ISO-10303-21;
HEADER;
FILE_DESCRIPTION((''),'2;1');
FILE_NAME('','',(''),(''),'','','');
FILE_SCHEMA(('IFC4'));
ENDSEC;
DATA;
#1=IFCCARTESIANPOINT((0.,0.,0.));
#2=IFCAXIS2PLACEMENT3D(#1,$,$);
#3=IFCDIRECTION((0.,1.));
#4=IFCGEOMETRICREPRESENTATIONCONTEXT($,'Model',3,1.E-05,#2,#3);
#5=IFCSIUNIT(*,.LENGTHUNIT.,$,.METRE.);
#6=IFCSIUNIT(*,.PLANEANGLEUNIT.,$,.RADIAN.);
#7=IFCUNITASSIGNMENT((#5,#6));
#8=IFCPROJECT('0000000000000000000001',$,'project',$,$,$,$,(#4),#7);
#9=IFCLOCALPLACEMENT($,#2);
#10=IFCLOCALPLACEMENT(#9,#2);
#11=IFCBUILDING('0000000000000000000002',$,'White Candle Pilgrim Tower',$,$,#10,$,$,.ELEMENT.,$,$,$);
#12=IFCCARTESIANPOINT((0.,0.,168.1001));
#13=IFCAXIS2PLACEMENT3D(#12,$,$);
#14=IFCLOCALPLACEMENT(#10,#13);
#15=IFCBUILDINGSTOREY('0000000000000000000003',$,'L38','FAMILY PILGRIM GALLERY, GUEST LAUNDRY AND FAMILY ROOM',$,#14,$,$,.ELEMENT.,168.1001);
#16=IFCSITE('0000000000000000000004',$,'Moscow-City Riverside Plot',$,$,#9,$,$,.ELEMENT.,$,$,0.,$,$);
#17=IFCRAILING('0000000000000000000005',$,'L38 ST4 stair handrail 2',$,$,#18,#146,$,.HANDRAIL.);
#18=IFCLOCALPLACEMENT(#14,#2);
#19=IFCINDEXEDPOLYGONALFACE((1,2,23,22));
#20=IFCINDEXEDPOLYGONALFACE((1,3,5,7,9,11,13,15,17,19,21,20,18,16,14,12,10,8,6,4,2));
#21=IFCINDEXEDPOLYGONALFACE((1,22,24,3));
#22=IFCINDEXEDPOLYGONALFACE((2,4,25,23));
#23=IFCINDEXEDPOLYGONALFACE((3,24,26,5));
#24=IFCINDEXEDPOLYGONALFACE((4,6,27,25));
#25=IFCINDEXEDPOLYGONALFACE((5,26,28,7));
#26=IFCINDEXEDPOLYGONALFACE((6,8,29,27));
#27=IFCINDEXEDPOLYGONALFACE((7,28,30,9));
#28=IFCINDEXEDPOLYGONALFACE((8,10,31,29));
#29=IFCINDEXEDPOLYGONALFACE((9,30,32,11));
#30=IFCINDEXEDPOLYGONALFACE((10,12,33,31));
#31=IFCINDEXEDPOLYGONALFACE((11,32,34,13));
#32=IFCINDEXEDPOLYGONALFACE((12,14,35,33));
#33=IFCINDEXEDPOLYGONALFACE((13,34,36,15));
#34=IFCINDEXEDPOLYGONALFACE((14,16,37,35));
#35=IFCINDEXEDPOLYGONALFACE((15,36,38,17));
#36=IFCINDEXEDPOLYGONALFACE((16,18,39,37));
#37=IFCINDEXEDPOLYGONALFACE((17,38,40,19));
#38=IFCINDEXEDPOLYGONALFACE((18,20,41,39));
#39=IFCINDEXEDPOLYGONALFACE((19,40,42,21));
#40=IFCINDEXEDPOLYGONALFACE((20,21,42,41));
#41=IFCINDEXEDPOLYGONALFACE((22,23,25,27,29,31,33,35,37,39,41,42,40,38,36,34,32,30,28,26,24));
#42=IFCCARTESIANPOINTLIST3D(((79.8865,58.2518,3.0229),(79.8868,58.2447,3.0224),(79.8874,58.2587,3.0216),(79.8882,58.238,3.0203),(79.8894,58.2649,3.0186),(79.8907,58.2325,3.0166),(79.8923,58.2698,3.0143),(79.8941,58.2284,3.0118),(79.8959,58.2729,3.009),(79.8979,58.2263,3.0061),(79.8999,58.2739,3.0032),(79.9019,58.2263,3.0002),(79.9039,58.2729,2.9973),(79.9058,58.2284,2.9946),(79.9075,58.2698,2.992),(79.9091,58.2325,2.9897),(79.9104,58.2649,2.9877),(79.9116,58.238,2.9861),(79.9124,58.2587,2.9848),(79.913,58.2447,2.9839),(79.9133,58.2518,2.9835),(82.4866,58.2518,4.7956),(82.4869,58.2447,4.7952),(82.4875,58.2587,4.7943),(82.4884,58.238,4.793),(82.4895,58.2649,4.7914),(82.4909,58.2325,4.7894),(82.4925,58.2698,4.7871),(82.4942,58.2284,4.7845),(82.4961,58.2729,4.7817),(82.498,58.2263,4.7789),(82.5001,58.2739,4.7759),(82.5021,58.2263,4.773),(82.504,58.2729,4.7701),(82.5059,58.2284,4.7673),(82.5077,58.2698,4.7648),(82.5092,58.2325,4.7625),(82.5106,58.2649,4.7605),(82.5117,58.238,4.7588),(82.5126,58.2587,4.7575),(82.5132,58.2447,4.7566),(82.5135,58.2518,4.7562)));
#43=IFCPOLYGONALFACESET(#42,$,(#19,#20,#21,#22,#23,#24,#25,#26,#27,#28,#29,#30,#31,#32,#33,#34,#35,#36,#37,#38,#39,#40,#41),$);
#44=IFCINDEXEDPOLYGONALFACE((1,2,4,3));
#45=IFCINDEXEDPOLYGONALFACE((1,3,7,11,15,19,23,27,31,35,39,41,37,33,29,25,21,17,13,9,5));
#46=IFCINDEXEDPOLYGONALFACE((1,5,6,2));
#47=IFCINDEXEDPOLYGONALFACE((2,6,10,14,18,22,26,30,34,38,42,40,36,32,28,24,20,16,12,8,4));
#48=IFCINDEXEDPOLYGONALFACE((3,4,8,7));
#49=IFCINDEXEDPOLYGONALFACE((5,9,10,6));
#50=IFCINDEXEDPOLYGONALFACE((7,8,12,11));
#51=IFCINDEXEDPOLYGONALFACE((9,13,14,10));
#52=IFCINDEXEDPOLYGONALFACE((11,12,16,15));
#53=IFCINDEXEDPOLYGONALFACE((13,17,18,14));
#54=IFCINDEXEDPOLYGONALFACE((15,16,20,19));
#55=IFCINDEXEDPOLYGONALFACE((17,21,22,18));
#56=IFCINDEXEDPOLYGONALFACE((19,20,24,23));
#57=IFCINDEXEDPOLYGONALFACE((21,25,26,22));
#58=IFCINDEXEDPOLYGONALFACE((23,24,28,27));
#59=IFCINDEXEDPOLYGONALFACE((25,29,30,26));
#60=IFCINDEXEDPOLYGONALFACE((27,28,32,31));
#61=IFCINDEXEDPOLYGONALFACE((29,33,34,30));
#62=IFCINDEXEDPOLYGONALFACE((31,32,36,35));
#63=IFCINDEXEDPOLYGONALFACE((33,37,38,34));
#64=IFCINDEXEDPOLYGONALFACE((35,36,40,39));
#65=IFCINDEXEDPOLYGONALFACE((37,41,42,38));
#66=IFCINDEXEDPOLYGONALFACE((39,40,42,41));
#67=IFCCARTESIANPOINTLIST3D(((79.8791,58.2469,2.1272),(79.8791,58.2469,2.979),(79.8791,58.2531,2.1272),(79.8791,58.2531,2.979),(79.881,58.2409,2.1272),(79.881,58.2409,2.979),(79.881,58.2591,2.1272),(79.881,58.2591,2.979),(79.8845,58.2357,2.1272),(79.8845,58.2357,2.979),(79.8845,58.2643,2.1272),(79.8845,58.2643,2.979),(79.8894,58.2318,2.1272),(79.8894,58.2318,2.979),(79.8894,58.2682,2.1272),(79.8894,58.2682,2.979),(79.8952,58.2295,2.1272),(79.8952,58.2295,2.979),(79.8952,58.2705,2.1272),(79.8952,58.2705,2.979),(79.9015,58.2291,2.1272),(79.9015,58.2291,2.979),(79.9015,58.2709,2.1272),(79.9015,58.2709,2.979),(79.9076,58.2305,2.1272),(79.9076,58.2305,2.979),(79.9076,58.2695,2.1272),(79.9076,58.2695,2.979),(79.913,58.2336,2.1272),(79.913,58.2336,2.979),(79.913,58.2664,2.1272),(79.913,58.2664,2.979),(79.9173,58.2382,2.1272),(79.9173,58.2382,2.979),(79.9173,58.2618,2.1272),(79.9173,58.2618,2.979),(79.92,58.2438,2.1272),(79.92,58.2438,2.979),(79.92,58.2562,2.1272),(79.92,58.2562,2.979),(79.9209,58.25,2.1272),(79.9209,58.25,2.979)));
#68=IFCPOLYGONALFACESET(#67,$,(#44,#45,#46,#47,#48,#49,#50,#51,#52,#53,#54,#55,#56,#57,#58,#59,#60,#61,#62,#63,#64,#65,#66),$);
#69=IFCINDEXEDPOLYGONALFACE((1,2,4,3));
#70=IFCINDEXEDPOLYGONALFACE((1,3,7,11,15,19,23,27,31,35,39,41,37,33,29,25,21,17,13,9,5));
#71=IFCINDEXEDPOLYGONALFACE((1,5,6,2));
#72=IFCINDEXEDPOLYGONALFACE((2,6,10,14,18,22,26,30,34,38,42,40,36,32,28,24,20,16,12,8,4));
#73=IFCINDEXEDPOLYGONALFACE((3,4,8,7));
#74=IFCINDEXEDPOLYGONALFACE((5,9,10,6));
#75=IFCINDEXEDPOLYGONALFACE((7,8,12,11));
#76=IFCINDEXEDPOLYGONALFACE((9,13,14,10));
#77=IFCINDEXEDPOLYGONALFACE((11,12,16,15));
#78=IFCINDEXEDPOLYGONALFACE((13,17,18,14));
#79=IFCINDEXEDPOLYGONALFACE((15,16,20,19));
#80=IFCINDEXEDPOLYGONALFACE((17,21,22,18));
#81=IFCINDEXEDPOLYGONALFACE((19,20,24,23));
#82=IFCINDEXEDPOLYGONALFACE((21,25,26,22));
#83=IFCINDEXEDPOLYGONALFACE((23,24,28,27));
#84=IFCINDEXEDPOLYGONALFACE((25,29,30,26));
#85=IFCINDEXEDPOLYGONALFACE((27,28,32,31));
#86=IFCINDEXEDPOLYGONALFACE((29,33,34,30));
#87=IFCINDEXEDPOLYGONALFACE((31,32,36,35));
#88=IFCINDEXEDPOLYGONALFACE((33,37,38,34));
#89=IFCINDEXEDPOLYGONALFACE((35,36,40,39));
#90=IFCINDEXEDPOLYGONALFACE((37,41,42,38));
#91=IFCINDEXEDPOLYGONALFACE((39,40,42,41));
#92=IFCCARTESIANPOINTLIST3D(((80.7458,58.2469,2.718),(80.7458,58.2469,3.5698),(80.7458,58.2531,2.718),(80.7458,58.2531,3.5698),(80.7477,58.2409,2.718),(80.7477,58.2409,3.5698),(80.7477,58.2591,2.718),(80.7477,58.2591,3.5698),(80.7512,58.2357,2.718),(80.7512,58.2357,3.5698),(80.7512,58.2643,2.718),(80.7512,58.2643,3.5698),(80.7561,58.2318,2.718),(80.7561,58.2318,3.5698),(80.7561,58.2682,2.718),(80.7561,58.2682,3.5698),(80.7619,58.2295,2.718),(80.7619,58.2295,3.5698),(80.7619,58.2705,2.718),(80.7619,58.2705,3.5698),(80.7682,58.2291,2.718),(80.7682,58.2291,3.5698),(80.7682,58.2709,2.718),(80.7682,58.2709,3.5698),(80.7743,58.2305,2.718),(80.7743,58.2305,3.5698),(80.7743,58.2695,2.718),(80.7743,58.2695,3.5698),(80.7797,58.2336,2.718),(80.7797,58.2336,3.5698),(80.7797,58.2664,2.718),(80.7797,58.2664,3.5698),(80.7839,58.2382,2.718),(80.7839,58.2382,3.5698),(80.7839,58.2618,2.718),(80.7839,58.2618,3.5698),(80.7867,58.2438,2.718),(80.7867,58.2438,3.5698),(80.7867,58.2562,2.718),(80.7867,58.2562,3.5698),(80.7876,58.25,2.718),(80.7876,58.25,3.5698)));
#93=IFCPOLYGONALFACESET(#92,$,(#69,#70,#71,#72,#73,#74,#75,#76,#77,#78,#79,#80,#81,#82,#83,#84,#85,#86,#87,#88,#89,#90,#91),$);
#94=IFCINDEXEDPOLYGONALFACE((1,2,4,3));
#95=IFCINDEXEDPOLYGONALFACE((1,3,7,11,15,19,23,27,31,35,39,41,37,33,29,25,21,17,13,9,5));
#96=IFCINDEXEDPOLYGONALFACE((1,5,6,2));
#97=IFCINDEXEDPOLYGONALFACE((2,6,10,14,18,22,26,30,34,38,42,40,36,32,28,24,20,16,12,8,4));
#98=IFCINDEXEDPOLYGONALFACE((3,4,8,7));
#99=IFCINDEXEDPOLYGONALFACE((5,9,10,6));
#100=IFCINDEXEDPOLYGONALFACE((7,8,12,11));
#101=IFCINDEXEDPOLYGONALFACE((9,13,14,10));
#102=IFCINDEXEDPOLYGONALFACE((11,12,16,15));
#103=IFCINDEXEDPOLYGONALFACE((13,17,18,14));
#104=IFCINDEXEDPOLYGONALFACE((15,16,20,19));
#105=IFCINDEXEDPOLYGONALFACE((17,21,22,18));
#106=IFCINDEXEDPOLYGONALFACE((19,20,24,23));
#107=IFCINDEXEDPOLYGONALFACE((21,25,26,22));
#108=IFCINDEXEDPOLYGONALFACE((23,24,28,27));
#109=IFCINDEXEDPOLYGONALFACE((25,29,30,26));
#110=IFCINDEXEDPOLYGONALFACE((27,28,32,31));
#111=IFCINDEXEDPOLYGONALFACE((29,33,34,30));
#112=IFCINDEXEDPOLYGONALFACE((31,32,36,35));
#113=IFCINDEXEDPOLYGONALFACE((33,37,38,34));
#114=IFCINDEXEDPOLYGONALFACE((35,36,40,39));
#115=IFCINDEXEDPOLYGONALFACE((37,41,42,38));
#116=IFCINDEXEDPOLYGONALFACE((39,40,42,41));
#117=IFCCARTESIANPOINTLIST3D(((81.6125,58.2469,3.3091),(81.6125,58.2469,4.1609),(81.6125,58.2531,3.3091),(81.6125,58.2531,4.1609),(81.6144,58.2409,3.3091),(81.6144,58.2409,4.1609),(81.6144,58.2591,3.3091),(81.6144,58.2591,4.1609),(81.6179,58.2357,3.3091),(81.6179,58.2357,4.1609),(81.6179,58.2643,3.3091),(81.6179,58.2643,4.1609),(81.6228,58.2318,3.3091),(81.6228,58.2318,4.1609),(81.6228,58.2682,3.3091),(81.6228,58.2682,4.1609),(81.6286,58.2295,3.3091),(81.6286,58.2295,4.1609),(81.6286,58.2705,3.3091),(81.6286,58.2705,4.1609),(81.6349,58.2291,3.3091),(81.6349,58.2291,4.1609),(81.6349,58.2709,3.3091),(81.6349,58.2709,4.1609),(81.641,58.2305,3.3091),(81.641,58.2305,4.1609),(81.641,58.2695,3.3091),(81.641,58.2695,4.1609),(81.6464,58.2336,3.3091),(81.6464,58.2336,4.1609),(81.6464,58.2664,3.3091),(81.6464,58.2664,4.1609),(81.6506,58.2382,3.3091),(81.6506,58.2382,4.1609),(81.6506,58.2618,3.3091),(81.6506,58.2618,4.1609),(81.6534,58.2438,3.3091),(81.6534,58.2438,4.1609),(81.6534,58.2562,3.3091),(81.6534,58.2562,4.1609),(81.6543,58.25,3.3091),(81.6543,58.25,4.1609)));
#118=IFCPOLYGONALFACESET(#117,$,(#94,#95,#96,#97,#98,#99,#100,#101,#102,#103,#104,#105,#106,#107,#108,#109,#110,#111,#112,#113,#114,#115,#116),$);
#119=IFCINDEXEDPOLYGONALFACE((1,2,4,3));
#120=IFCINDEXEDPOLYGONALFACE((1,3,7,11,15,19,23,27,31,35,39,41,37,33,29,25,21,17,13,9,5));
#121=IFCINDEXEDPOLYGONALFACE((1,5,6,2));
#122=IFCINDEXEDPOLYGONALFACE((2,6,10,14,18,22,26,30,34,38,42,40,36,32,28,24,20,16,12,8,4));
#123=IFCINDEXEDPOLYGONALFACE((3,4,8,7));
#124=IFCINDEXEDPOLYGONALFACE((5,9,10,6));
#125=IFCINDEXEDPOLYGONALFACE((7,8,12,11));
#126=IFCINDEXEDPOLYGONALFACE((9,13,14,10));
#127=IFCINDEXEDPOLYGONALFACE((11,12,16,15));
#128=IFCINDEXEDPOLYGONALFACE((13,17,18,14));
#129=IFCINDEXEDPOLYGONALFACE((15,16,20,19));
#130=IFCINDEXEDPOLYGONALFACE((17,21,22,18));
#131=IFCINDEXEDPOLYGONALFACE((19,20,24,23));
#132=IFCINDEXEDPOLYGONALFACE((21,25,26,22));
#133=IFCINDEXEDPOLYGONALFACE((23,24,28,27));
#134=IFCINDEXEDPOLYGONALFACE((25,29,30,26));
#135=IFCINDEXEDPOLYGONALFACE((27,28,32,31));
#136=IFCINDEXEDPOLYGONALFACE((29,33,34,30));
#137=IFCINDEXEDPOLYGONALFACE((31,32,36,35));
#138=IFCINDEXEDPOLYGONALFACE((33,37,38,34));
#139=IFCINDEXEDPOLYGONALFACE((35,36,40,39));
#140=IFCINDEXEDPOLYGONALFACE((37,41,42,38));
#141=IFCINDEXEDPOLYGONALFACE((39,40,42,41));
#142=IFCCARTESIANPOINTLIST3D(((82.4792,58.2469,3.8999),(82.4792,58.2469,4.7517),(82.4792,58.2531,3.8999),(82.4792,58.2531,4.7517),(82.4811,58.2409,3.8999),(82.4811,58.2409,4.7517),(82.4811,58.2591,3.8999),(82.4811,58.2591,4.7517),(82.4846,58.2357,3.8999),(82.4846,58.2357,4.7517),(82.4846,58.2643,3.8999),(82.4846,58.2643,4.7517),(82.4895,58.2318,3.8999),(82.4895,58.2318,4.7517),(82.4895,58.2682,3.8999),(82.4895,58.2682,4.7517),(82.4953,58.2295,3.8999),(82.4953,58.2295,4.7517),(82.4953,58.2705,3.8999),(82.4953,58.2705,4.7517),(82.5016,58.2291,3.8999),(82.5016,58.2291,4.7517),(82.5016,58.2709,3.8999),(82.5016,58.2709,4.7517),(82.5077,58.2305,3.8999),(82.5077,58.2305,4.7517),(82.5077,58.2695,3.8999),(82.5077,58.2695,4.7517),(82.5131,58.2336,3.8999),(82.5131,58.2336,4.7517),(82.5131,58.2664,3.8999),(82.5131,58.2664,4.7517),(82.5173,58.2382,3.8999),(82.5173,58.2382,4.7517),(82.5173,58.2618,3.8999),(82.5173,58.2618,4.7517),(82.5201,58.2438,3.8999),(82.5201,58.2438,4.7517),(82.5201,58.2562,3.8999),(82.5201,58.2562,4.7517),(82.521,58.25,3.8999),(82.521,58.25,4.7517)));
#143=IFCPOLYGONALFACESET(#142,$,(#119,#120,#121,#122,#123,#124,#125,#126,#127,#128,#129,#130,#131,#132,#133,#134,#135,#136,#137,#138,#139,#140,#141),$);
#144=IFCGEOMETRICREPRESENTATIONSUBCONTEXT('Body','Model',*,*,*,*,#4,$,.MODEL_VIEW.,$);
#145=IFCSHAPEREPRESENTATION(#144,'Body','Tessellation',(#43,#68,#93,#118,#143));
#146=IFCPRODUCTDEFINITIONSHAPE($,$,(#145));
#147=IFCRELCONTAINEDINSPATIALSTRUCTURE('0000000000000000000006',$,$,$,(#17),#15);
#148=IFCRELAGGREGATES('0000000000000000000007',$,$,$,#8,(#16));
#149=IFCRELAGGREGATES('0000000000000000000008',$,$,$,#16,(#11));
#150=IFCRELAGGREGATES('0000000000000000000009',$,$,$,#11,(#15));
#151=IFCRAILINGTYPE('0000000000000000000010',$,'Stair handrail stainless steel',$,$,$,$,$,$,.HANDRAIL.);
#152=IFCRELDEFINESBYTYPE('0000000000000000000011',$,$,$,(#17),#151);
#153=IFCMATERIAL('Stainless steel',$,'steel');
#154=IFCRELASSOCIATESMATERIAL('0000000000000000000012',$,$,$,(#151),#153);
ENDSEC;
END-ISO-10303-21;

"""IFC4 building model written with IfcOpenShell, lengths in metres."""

from ifc_helpers import new_model, si_unit, direction, frame, origin, origin_2d, place, context, subcontext, project, spatial, circle, extrude, material, type_object, element, save


model = new_model("IFC4")

# Units and contexts
model_context = context("Model", 3, precision=1e-05, world=origin(), true_north=direction((0.0, 1.0)))
body_context = subcontext(model_context, "Body", "Model", "MODEL_VIEW")
ifc_project = project(units=[si_unit("LENGTHUNIT", "METRE"), si_unit("PLANEANGLEUNIT", "RADIAN")], contexts=[model_context])

# Site, building, storey
site_placement = place(None, origin())
site = spatial("IfcSite", under=ifc_project, at=site_placement, Name="Moscow-City Riverside Plot", CompositionType="ELEMENT", RefElevation=0.0)
building_placement = place(site_placement, origin())
building = spatial("IfcBuilding", under=site, at=building_placement, Name="White Candle Pilgrim Tower", CompositionType="ELEMENT")
storey_placement = place(building_placement, frame((0.0, 0.0, 168.1001)))
storey = spatial("IfcBuildingStorey", under=building, at=storey_placement, Name="L38", Description="FAMILY PILGRIM GALLERY, GUEST LAUNDRY AND FAMILY ROOM", CompositionType="ELEMENT", Elevation=168.1001)

# Railing
ifc_material_1 = material(Name="Stainless steel", Category="steel")
railing_type_1 = type_object("IfcRailingType", Name="Stair handrail stainless steel", PredefinedType="HANDRAIL", material=ifc_material_1)
railing_1_placement = place(storey_placement, frame((79.8999, 58.25, 2.1272)))
element("IfcRailing", 1, at=railing_1_placement, inside=storey, type_object=railing_type_1, Name="L38 ST4 stair handrail 2", PredefinedType="HANDRAIL", context=body_context, shape_type="SweptSolid", body=[
    extrude(circle(Radius=0.0239, at=origin_2d()), frame((0.0, 0.0, 0.876), z_axis=(0.82624, 0.0, 0.563318), x_axis=(0.0, 1.0, 0.0)), (0.0, 0.0, 1.0), 3.147),
    extrude(circle(Radius=0.021, at=origin_2d()), origin(), (0.0, 0.0, 1.0), 0.8518),
    extrude(circle(Radius=0.021, at=origin_2d()), frame((0.8667, 0.0, 0.5908)), (0.0, 0.0, 1.0), 0.8518),
    extrude(circle(Radius=0.021, at=origin_2d()), frame((1.7334, 0.0, 1.1819)), (0.0, 0.0, 1.0), 0.8518),
    extrude(circle(Radius=0.021, at=origin_2d()), frame((2.6001, 0.0, 1.7727)), (0.0, 0.0, 1.0), 0.8518),
])

save(model, "model.ifc")
